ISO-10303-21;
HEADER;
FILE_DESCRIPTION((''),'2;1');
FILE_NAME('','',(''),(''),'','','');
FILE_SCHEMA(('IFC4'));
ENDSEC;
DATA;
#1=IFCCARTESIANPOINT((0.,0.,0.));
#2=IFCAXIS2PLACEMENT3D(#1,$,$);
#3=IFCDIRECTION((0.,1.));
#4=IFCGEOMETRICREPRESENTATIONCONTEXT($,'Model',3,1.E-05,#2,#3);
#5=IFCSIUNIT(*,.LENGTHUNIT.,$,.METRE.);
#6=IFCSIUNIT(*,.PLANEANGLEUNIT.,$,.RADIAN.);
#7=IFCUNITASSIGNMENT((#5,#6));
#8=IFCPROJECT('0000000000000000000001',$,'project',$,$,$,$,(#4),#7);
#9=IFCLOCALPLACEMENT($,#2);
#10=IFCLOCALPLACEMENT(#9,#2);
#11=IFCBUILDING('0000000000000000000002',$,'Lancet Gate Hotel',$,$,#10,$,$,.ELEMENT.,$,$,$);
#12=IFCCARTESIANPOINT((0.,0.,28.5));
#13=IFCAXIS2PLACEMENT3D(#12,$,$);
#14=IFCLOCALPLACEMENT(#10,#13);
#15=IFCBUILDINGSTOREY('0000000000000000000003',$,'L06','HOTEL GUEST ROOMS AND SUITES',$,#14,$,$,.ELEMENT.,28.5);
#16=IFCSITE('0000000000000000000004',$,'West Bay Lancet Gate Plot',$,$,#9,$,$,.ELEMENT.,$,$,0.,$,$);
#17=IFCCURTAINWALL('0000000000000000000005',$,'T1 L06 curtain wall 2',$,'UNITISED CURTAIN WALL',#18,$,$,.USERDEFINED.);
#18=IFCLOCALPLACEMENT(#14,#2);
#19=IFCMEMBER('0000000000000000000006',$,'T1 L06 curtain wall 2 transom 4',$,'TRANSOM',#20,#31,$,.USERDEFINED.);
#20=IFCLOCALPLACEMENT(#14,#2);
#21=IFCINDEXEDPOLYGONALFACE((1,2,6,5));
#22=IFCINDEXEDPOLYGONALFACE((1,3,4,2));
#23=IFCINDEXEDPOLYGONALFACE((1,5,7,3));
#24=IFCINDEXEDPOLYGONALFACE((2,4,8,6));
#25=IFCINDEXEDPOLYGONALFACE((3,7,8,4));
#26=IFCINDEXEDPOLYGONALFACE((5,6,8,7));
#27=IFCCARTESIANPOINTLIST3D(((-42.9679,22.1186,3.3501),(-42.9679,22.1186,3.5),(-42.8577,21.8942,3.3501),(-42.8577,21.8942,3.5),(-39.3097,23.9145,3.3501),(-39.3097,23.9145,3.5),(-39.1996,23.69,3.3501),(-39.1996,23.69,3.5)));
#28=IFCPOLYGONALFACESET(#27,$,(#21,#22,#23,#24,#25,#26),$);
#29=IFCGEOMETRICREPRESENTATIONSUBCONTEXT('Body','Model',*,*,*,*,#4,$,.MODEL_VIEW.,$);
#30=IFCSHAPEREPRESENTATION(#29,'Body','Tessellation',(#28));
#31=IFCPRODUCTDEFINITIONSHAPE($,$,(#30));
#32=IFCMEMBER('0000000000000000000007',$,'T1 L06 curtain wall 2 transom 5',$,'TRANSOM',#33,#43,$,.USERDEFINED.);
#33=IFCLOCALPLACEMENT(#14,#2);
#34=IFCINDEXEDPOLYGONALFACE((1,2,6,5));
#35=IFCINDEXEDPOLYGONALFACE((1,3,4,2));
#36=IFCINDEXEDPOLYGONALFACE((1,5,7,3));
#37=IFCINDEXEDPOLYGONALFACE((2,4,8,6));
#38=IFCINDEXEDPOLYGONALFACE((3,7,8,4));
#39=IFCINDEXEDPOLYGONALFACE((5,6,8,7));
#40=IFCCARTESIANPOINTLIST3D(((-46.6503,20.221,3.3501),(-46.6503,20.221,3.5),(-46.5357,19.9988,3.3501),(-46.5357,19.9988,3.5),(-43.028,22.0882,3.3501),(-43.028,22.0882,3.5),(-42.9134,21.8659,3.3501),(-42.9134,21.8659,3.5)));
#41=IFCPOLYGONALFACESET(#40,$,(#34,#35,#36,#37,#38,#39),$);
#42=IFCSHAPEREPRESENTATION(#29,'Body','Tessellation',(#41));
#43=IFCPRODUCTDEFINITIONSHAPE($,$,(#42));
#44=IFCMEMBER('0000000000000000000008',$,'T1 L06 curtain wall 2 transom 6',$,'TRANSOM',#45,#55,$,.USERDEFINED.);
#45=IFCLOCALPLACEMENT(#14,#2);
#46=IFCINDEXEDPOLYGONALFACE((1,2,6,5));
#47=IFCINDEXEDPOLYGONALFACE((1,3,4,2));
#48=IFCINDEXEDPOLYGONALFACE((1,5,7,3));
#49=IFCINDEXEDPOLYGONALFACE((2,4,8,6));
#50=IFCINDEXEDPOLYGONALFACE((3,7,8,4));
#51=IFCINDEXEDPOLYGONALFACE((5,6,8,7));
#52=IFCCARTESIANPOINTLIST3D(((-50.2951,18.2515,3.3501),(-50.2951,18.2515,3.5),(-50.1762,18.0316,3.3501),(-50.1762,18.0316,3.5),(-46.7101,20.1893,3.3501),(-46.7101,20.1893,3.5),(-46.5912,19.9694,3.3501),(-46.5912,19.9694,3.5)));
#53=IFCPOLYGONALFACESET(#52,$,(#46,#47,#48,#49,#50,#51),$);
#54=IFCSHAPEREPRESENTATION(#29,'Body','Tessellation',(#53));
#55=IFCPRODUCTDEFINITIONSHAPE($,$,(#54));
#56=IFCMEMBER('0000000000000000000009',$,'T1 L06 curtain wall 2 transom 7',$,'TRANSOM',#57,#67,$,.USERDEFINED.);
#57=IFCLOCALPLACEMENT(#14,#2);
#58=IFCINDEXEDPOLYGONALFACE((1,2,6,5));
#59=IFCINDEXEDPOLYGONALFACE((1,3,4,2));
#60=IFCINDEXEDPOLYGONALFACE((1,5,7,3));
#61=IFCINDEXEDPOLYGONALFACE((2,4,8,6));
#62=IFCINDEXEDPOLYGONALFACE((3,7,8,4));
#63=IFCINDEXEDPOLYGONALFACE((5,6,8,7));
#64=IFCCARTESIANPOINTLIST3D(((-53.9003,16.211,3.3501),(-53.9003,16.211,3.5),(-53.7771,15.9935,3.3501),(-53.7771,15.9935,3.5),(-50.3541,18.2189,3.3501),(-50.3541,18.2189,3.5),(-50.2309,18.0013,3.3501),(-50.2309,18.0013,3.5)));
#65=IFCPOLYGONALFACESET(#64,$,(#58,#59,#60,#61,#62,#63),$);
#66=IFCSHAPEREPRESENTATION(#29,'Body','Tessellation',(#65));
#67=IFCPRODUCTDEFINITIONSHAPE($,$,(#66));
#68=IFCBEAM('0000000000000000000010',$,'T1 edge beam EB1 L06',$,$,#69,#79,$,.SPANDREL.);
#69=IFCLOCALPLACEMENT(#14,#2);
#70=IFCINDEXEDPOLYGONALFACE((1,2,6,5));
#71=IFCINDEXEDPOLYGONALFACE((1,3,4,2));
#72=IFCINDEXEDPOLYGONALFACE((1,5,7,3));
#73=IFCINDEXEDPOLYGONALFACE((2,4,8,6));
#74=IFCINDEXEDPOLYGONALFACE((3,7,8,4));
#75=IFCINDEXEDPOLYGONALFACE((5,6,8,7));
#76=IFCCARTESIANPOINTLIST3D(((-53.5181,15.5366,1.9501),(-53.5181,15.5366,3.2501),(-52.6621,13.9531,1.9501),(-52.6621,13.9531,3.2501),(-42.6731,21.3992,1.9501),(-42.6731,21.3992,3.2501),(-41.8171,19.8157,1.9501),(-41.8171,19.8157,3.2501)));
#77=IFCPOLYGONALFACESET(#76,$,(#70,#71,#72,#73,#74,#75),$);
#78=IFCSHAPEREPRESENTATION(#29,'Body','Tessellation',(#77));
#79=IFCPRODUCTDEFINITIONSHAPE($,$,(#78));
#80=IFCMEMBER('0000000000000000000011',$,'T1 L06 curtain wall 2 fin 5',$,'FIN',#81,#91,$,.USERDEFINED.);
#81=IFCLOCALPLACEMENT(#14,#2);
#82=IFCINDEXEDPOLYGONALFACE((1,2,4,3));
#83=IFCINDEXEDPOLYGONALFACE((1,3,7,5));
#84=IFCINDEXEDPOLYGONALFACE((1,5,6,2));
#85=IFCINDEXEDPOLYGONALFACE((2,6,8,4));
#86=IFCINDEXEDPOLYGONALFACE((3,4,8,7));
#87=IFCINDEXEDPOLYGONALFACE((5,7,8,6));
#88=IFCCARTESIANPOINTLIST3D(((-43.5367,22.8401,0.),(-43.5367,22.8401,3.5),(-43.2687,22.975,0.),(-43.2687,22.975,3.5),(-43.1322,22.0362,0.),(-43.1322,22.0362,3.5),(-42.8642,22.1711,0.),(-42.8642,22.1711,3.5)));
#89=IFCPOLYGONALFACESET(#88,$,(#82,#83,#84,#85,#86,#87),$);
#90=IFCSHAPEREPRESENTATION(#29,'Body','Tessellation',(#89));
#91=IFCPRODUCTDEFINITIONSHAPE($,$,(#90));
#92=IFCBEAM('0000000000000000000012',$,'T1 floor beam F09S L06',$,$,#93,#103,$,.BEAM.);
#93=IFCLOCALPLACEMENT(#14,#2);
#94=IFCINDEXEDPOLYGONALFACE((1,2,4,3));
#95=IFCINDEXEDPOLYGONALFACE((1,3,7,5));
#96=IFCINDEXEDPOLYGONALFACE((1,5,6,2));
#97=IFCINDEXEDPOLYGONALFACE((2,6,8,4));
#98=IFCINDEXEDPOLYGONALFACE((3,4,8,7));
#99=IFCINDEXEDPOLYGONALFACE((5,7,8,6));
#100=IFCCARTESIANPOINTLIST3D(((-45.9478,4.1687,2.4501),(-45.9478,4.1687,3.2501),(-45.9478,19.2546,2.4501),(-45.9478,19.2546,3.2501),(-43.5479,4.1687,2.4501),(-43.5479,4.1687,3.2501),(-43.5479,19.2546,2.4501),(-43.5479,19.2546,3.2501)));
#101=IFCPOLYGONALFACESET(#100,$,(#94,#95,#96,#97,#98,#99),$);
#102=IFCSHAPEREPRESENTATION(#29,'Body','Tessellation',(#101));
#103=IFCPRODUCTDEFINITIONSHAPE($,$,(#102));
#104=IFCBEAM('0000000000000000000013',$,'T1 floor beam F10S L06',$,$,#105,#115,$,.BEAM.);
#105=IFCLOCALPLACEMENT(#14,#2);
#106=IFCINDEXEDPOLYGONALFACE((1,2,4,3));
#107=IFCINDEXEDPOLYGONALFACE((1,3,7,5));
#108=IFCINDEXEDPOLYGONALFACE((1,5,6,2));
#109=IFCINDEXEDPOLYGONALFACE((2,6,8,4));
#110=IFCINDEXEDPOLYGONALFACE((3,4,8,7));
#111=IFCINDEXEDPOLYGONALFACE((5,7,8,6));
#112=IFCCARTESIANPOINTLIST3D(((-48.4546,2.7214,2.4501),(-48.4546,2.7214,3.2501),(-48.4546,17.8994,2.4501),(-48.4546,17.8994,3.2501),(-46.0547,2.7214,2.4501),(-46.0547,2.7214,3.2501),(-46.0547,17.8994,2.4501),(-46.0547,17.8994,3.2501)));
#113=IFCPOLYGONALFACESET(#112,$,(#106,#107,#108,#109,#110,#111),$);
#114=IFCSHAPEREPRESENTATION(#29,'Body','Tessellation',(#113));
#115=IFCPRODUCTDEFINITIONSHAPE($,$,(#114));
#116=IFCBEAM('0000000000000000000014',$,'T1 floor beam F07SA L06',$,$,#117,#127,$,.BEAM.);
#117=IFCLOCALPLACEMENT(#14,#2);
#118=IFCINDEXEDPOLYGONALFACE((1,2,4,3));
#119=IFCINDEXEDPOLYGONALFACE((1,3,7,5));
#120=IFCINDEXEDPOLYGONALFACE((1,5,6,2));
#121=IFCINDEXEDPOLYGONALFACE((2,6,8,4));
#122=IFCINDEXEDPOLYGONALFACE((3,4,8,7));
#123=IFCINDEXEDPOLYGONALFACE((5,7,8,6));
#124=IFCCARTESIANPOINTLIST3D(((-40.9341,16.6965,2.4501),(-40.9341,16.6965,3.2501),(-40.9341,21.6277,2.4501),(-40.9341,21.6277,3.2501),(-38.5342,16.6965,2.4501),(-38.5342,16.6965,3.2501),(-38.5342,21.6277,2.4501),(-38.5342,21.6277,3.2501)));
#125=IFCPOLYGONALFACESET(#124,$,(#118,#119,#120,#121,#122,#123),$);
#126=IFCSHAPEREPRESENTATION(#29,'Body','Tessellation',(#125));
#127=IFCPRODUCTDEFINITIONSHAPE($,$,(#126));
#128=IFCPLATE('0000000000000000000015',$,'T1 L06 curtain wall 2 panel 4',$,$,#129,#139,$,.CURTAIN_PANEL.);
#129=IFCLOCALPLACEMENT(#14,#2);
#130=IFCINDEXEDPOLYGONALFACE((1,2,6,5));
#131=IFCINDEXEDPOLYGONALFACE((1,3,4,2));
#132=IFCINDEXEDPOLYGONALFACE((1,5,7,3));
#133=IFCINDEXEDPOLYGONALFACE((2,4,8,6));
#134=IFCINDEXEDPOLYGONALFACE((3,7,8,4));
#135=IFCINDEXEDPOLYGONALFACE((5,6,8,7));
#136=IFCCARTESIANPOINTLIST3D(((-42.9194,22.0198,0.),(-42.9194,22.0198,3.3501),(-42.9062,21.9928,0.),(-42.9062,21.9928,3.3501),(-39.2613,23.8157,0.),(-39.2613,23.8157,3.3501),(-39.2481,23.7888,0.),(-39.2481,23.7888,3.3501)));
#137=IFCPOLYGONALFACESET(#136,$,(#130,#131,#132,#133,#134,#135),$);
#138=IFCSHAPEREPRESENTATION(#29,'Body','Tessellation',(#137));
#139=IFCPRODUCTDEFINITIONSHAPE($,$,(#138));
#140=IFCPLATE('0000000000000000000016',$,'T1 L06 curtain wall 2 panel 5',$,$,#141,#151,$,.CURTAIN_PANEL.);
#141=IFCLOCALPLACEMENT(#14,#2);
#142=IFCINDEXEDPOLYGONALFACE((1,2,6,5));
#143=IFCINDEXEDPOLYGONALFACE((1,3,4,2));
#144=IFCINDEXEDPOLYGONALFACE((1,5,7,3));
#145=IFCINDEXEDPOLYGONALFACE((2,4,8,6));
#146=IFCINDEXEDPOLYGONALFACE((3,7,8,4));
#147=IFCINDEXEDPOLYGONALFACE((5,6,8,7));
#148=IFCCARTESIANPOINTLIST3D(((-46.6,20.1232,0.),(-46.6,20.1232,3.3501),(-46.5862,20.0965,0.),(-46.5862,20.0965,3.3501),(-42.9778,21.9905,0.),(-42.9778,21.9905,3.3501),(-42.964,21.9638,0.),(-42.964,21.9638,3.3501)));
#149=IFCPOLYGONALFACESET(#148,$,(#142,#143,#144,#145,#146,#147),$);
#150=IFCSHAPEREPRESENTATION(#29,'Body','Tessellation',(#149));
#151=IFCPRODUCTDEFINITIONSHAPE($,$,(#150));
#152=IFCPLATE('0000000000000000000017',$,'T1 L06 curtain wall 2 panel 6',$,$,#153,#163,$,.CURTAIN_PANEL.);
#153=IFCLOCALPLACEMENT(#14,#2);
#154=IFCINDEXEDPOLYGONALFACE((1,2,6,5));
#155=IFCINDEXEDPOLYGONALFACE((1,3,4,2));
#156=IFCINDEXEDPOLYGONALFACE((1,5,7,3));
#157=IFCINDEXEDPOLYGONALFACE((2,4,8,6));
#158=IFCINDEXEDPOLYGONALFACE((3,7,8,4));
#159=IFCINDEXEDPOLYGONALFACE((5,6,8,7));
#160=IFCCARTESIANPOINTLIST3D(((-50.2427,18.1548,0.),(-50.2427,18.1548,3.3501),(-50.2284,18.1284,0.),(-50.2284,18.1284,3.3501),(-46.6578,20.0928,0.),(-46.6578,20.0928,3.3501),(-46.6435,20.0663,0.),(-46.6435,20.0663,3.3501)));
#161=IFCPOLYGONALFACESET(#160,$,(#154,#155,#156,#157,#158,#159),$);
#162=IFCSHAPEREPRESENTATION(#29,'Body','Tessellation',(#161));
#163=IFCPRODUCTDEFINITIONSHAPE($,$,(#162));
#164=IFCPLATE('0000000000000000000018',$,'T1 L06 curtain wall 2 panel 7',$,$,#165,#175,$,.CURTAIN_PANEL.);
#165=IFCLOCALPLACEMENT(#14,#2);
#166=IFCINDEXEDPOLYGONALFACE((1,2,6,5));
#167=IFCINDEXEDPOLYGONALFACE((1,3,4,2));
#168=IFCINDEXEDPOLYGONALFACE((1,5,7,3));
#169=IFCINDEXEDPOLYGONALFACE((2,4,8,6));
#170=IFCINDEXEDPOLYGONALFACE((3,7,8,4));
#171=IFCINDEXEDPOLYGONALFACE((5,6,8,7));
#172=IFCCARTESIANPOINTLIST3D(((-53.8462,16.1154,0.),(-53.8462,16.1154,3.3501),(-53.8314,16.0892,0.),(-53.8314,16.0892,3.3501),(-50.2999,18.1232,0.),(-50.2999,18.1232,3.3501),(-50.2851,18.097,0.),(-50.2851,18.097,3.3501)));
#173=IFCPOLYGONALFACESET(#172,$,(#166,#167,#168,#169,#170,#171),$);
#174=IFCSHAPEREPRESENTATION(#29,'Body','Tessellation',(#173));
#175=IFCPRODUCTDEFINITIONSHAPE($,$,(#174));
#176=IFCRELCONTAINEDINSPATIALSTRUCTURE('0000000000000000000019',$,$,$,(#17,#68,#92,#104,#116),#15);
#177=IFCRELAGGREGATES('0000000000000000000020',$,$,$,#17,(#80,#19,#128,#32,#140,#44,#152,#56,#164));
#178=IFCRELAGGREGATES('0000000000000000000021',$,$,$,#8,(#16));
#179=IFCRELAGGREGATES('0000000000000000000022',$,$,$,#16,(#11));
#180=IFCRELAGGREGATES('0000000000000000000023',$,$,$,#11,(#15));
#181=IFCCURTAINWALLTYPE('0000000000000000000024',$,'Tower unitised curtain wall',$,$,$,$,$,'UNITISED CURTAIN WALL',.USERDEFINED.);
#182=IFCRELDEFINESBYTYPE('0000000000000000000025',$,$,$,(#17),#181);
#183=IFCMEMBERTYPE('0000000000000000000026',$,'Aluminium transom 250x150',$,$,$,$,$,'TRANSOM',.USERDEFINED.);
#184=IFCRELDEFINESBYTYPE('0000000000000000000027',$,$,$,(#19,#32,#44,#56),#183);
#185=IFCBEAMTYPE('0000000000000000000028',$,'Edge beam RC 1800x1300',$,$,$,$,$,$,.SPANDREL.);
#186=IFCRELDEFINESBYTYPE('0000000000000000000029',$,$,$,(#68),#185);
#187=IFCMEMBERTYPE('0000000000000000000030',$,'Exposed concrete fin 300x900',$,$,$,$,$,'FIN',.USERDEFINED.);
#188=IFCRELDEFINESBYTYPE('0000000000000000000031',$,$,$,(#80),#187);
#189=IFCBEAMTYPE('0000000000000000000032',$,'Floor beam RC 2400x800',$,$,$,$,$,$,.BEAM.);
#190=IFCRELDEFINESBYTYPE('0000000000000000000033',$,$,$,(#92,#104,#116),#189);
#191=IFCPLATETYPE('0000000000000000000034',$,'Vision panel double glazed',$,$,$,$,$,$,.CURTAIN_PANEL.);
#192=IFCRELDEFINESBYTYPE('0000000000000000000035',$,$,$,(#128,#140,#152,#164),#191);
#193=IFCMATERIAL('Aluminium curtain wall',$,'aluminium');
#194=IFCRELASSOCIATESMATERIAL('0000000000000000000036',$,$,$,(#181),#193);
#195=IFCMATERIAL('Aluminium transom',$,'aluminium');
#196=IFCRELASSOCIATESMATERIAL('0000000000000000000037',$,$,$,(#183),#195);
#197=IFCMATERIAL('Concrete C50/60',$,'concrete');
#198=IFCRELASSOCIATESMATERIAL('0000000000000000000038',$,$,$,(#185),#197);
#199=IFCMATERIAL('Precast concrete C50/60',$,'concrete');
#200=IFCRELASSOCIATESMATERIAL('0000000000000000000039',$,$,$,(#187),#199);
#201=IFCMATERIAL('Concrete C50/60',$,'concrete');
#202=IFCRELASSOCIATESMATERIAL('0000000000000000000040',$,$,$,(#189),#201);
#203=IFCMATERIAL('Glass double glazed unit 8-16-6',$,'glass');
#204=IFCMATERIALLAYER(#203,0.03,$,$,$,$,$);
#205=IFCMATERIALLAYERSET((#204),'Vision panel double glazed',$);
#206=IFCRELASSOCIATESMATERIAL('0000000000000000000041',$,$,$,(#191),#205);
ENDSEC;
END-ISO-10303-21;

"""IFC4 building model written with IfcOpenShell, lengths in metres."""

from ifc_helpers import new_model, si_unit, direction, frame, origin, origin_2d, place, context, subcontext, project, spatial, rectangle, extrude, material, layer, layer_set, material_profile, profile_set, type_object, element, aggregate, save


model = new_model("IFC4")

# Units and contexts
model_context = context("Model", 3, precision=1e-05, world=origin(), true_north=direction((0.0, 1.0)))
body_context = subcontext(model_context, "Body", "Model", "MODEL_VIEW")
ifc_project = project(units=[si_unit("LENGTHUNIT", "METRE"), si_unit("PLANEANGLEUNIT", "RADIAN")], contexts=[model_context])

# Site, building, storey
site_placement = place(None, origin())
site = spatial("IfcSite", under=ifc_project, at=site_placement, Name="West Bay Lancet Gate Plot", CompositionType="ELEMENT", RefElevation=0.0)
building_placement = place(site_placement, origin())
building = spatial("IfcBuilding", under=site, at=building_placement, Name="Lancet Gate Hotel", CompositionType="ELEMENT")
storey_placement = place(building_placement, frame((0.0, 0.0, 28.5)))
storey = spatial("IfcBuildingStorey", under=building, at=storey_placement, Name="L06", Description="HOTEL GUEST ROOMS AND SUITES", CompositionType="ELEMENT", Elevation=28.5)

# Curtain wall, members
ifc_material_1 = material(Name="Aluminium curtain wall", Category="aluminium")
curtain_wall_type = type_object("IfcCurtainWallType", Name="Tower unitised curtain wall", ElementType="UNITISED CURTAIN WALL", PredefinedType="USERDEFINED", material=ifc_material_1)
curtain_wall_placement = place(storey_placement, origin())
curtain_wall = element("IfcCurtainWall", 1, at=curtain_wall_placement, inside=storey, type_object=curtain_wall_type, Name="T1 L06 curtain wall 2", ObjectType="UNITISED CURTAIN WALL", PredefinedType="USERDEFINED")
ifc_material_2 = material(Name="Aluminium transom", Category="aluminium")
ifc_material_profile_1 = material_profile(ifc_material_2, rectangle(XDim=0.25, YDim=0.1499, at=origin_2d()), Name="TRANSOM 250x150")
ifc_profile_set_1 = profile_set([ifc_material_profile_1], Name="Aluminium transom")
member_type_1 = type_object("IfcMemberType", Name="Aluminium transom 250x150", ElementType="TRANSOM", PredefinedType="USERDEFINED", material=ifc_profile_set_1)
member_1_placement = place(storey_placement, frame((-39.2546, 23.8022, 3.425), z_axis=(-0.897662, -0.440684, 0.0), x_axis=(0.440684, -0.897662, 0.0)))
member_1 = element("IfcMember", 2, at=member_1_placement, type_object=member_type_1, Name="T1 L06 curtain wall 2 transom 4", ObjectType="TRANSOM", PredefinedType="USERDEFINED", context=body_context, shape_type="SweptSolid", body=[
    extrude(rectangle(XDim=0.25, YDim=0.1499, at=origin_2d()), origin(), (0.0, 0.0, 1.0), 4.0752),
])
member_2_placement = place(storey_placement, frame((-42.9707, 21.9771, 3.425), z_axis=(-0.88886, -0.458179, 0.0), x_axis=(0.458179, -0.88886, 0.0)))
member_2 = element("IfcMember", 3, at=member_2_placement, type_object=member_type_1, Name="T1 L06 curtain wall 2 transom 5", ObjectType="TRANSOM", PredefinedType="USERDEFINED", context=body_context, shape_type="SweptSolid", body=[
    extrude(rectangle(XDim=0.25, YDim=0.1499, at=origin_2d()), origin(), (0.0, 0.0, 1.0), 4.0752),
])
member_3_placement = place(storey_placement, frame((-46.6506, 20.0793, 3.425), z_axis=(-0.879714, -0.475503, 0.0), x_axis=(0.475503, -0.879714, 0.0)))
member_3 = element("IfcMember", 4, at=member_3_placement, type_object=member_type_1, Name="T1 L06 curtain wall 2 transom 6", ObjectType="TRANSOM", PredefinedType="USERDEFINED", context=body_context, shape_type="SweptSolid", body=[
    extrude(rectangle(XDim=0.25, YDim=0.1499, at=origin_2d()), origin(), (0.0, 0.0, 1.0), 4.0752),
])
member_4_placement = place(storey_placement, frame((-50.2925, 18.1101, 3.425), z_axis=(-0.870198, -0.492703, 0.0), x_axis=(0.492703, -0.870198, 0.0)))
member_4 = element("IfcMember", 5, at=member_4_placement, type_object=member_type_1, Name="T1 L06 curtain wall 2 transom 7", ObjectType="TRANSOM", PredefinedType="USERDEFINED", context=body_context, shape_type="SweptSolid", body=[
    extrude(rectangle(XDim=0.25, YDim=0.1499, at=origin_2d()), origin(), (0.0, 0.0, 1.0), 4.0752),
])

# Beam
ifc_material_3 = material(Name="Concrete C50/60", Category="concrete")
ifc_material_profile_2 = material_profile(ifc_material_3, rectangle(XDim=1.8, YDim=1.3, at=origin_2d()), Name="RC 1800x1300")
ifc_profile_set_2 = profile_set([ifc_material_profile_2], Name="Concrete C50/60")
beam_type_1 = type_object("IfcBeamType", Name="Edge beam RC 1800x1300", PredefinedType="SPANDREL", material=ifc_profile_set_2)
beam_1_placement = place(storey_placement, frame((-42.2451, 20.6074, 2.6001), z_axis=(-0.879693, -0.475542, 0.0), x_axis=(0.475542, -0.879693, 0.0)))
element("IfcBeam", 6, at=beam_1_placement, inside=storey, type_object=beam_type_1, Name="T1 edge beam EB1 L06", PredefinedType="SPANDREL", context=body_context, shape_type="SweptSolid", body=[
    extrude(rectangle(XDim=1.8, YDim=1.3, at=origin_2d()), origin(), (0.0, 0.0, 1.0), 12.3281),
])

# Member
ifc_material_4 = material(Name="Precast concrete C50/60", Category="concrete")
ifc_material_profile_3 = material_profile(ifc_material_4, rectangle(XDim=0.3, YDim=0.8999, at=origin_2d()), Name="FIN 300x900")
ifc_profile_set_3 = profile_set([ifc_material_profile_3], Name="Precast concrete C50/60")
member_type_2 = type_object("IfcMemberType", Name="Exposed concrete fin 300x900", ElementType="FIN", PredefinedType="USERDEFINED", material=ifc_profile_set_3)
member_5_placement = place(storey_placement, frame((-43.2004, 22.5056, 0.0), z_axis=(0.0, 0.0, 1.0), x_axis=(-0.893292, -0.449478, 0.0)))
member_5 = element("IfcMember", 7, at=member_5_placement, type_object=member_type_2, Name="T1 L06 curtain wall 2 fin 5", ObjectType="FIN", PredefinedType="USERDEFINED", context=body_context, shape_type="SweptSolid", body=[
    extrude(rectangle(XDim=0.3, YDim=0.8999, at=origin_2d()), origin(), (0.0, 0.0, 1.0), 3.5),
])

# Beams
ifc_material_5 = material(Name="Concrete C50/60", Category="concrete")
ifc_material_profile_4 = material_profile(ifc_material_5, rectangle(XDim=2.3999, YDim=0.8, at=origin_2d()), Name="RC 2400x800")
ifc_profile_set_4 = profile_set([ifc_material_profile_4], Name="Concrete C50/60")
beam_type_2 = type_object("IfcBeamType", Name="Floor beam RC 2400x800", PredefinedType="BEAM", material=ifc_profile_set_4)
beam_2_placement = place(storey_placement, frame((-44.7478, 19.2546, 2.8501), z_axis=(0.0, -1.0, 0.0), x_axis=(1.0, 0.0, 0.0)))
element("IfcBeam", 8, at=beam_2_placement, inside=storey, type_object=beam_type_2, Name="T1 floor beam F09S L06", PredefinedType="BEAM", context=body_context, shape_type="SweptSolid", body=[
    extrude(rectangle(XDim=2.3999, YDim=0.8, at=origin_2d()), origin(), (0.0, 0.0, 1.0), 15.0859),
])
beam_3_placement = place(storey_placement, frame((-47.2546, 17.8994, 2.8501), z_axis=(0.0, -1.0, 0.0), x_axis=(1.0, 0.0, 0.0)))
element("IfcBeam", 9, at=beam_3_placement, inside=storey, type_object=beam_type_2, Name="T1 floor beam F10S L06", PredefinedType="BEAM", context=body_context, shape_type="SweptSolid", body=[
    extrude(rectangle(XDim=2.3999, YDim=0.8, at=origin_2d()), origin(), (0.0, 0.0, 1.0), 15.178),
])
beam_4_placement = place(storey_placement, frame((-39.7341, 21.6277, 2.8501), z_axis=(0.0, -1.0, 0.0), x_axis=(1.0, 0.0, 0.0)))
element("IfcBeam", 10, at=beam_4_placement, inside=storey, type_object=beam_type_2, Name="T1 floor beam F07SA L06", PredefinedType="BEAM", context=body_context, shape_type="SweptSolid", body=[
    extrude(rectangle(XDim=2.3999, YDim=0.8, at=origin_2d()), origin(), (0.0, 0.0, 1.0), 4.9312),
])

# Plates
ifc_material_6 = material(Name="Glass double glazed unit 8-16-6", Category="glass")
ifc_layer = layer(ifc_material_6, 0.03)
ifc_layer_set = layer_set([ifc_layer], Name="Vision panel double glazed")
plate_type = type_object("IfcPlateType", Name="Vision panel double glazed", PredefinedType="CURTAIN_PANEL", material=ifc_layer_set)
plate_1_placement = place(storey_placement, frame((-41.0837, 22.9043, 0.0), z_axis=(0.0, 0.0, 1.0), x_axis=(-0.897653, -0.440702, 0.0)))
plate_1 = element("IfcPlate", 11, at=plate_1_placement, type_object=plate_type, Name="T1 L06 curtain wall 2 panel 4", PredefinedType="CURTAIN_PANEL", context=body_context, shape_type="SweptSolid", body=[
    extrude(rectangle(XDim=4.0752, YDim=0.03, at=origin_2d()), origin(), (0.0, 0.0, 1.0), 3.3501),
])
plate_2_placement = place(storey_placement, frame((-44.782, 21.0435, 0.0), z_axis=(0.0, 0.0, 1.0), x_axis=(-0.888844, -0.45821, 0.0)))
plate_2 = element("IfcPlate", 12, at=plate_2_placement, type_object=plate_type, Name="T1 L06 curtain wall 2 panel 5", PredefinedType="CURTAIN_PANEL", context=body_context, shape_type="SweptSolid", body=[
    extrude(rectangle(XDim=4.0752, YDim=0.03, at=origin_2d()), origin(), (0.0, 0.0, 1.0), 3.3501),
])
plate_3_placement = place(storey_placement, frame((-48.4431, 19.1106, 0.0), z_axis=(0.0, 0.0, 1.0), x_axis=(-0.879693, -0.475541, 0.0)))
plate_3 = element("IfcPlate", 13, at=plate_3_placement, type_object=plate_type, Name="T1 L06 curtain wall 2 panel 6", PredefinedType="CURTAIN_PANEL", context=body_context, shape_type="SweptSolid", body=[
    extrude(rectangle(XDim=4.0752, YDim=0.03, at=origin_2d()), origin(), (0.0, 0.0, 1.0), 3.3501),
])
plate_4_placement = place(storey_placement, frame((-52.0657, 17.1062, 0.0), z_axis=(0.0, 0.0, 1.0), x_axis=(-0.870205, -0.49269, 0.0)))
plate_4 = element("IfcPlate", 14, at=plate_4_placement, type_object=plate_type, Name="T1 L06 curtain wall 2 panel 7", PredefinedType="CURTAIN_PANEL", context=body_context, shape_type="SweptSolid", body=[
    extrude(rectangle(XDim=4.0752, YDim=0.03, at=origin_2d()), origin(), (0.0, 0.0, 1.0), 3.3501),
])
aggregate(curtain_wall, [member_5, member_1, plate_1, member_2, plate_2, member_3, plate_3, member_4, plate_4])

save(model, "model.ifc")
